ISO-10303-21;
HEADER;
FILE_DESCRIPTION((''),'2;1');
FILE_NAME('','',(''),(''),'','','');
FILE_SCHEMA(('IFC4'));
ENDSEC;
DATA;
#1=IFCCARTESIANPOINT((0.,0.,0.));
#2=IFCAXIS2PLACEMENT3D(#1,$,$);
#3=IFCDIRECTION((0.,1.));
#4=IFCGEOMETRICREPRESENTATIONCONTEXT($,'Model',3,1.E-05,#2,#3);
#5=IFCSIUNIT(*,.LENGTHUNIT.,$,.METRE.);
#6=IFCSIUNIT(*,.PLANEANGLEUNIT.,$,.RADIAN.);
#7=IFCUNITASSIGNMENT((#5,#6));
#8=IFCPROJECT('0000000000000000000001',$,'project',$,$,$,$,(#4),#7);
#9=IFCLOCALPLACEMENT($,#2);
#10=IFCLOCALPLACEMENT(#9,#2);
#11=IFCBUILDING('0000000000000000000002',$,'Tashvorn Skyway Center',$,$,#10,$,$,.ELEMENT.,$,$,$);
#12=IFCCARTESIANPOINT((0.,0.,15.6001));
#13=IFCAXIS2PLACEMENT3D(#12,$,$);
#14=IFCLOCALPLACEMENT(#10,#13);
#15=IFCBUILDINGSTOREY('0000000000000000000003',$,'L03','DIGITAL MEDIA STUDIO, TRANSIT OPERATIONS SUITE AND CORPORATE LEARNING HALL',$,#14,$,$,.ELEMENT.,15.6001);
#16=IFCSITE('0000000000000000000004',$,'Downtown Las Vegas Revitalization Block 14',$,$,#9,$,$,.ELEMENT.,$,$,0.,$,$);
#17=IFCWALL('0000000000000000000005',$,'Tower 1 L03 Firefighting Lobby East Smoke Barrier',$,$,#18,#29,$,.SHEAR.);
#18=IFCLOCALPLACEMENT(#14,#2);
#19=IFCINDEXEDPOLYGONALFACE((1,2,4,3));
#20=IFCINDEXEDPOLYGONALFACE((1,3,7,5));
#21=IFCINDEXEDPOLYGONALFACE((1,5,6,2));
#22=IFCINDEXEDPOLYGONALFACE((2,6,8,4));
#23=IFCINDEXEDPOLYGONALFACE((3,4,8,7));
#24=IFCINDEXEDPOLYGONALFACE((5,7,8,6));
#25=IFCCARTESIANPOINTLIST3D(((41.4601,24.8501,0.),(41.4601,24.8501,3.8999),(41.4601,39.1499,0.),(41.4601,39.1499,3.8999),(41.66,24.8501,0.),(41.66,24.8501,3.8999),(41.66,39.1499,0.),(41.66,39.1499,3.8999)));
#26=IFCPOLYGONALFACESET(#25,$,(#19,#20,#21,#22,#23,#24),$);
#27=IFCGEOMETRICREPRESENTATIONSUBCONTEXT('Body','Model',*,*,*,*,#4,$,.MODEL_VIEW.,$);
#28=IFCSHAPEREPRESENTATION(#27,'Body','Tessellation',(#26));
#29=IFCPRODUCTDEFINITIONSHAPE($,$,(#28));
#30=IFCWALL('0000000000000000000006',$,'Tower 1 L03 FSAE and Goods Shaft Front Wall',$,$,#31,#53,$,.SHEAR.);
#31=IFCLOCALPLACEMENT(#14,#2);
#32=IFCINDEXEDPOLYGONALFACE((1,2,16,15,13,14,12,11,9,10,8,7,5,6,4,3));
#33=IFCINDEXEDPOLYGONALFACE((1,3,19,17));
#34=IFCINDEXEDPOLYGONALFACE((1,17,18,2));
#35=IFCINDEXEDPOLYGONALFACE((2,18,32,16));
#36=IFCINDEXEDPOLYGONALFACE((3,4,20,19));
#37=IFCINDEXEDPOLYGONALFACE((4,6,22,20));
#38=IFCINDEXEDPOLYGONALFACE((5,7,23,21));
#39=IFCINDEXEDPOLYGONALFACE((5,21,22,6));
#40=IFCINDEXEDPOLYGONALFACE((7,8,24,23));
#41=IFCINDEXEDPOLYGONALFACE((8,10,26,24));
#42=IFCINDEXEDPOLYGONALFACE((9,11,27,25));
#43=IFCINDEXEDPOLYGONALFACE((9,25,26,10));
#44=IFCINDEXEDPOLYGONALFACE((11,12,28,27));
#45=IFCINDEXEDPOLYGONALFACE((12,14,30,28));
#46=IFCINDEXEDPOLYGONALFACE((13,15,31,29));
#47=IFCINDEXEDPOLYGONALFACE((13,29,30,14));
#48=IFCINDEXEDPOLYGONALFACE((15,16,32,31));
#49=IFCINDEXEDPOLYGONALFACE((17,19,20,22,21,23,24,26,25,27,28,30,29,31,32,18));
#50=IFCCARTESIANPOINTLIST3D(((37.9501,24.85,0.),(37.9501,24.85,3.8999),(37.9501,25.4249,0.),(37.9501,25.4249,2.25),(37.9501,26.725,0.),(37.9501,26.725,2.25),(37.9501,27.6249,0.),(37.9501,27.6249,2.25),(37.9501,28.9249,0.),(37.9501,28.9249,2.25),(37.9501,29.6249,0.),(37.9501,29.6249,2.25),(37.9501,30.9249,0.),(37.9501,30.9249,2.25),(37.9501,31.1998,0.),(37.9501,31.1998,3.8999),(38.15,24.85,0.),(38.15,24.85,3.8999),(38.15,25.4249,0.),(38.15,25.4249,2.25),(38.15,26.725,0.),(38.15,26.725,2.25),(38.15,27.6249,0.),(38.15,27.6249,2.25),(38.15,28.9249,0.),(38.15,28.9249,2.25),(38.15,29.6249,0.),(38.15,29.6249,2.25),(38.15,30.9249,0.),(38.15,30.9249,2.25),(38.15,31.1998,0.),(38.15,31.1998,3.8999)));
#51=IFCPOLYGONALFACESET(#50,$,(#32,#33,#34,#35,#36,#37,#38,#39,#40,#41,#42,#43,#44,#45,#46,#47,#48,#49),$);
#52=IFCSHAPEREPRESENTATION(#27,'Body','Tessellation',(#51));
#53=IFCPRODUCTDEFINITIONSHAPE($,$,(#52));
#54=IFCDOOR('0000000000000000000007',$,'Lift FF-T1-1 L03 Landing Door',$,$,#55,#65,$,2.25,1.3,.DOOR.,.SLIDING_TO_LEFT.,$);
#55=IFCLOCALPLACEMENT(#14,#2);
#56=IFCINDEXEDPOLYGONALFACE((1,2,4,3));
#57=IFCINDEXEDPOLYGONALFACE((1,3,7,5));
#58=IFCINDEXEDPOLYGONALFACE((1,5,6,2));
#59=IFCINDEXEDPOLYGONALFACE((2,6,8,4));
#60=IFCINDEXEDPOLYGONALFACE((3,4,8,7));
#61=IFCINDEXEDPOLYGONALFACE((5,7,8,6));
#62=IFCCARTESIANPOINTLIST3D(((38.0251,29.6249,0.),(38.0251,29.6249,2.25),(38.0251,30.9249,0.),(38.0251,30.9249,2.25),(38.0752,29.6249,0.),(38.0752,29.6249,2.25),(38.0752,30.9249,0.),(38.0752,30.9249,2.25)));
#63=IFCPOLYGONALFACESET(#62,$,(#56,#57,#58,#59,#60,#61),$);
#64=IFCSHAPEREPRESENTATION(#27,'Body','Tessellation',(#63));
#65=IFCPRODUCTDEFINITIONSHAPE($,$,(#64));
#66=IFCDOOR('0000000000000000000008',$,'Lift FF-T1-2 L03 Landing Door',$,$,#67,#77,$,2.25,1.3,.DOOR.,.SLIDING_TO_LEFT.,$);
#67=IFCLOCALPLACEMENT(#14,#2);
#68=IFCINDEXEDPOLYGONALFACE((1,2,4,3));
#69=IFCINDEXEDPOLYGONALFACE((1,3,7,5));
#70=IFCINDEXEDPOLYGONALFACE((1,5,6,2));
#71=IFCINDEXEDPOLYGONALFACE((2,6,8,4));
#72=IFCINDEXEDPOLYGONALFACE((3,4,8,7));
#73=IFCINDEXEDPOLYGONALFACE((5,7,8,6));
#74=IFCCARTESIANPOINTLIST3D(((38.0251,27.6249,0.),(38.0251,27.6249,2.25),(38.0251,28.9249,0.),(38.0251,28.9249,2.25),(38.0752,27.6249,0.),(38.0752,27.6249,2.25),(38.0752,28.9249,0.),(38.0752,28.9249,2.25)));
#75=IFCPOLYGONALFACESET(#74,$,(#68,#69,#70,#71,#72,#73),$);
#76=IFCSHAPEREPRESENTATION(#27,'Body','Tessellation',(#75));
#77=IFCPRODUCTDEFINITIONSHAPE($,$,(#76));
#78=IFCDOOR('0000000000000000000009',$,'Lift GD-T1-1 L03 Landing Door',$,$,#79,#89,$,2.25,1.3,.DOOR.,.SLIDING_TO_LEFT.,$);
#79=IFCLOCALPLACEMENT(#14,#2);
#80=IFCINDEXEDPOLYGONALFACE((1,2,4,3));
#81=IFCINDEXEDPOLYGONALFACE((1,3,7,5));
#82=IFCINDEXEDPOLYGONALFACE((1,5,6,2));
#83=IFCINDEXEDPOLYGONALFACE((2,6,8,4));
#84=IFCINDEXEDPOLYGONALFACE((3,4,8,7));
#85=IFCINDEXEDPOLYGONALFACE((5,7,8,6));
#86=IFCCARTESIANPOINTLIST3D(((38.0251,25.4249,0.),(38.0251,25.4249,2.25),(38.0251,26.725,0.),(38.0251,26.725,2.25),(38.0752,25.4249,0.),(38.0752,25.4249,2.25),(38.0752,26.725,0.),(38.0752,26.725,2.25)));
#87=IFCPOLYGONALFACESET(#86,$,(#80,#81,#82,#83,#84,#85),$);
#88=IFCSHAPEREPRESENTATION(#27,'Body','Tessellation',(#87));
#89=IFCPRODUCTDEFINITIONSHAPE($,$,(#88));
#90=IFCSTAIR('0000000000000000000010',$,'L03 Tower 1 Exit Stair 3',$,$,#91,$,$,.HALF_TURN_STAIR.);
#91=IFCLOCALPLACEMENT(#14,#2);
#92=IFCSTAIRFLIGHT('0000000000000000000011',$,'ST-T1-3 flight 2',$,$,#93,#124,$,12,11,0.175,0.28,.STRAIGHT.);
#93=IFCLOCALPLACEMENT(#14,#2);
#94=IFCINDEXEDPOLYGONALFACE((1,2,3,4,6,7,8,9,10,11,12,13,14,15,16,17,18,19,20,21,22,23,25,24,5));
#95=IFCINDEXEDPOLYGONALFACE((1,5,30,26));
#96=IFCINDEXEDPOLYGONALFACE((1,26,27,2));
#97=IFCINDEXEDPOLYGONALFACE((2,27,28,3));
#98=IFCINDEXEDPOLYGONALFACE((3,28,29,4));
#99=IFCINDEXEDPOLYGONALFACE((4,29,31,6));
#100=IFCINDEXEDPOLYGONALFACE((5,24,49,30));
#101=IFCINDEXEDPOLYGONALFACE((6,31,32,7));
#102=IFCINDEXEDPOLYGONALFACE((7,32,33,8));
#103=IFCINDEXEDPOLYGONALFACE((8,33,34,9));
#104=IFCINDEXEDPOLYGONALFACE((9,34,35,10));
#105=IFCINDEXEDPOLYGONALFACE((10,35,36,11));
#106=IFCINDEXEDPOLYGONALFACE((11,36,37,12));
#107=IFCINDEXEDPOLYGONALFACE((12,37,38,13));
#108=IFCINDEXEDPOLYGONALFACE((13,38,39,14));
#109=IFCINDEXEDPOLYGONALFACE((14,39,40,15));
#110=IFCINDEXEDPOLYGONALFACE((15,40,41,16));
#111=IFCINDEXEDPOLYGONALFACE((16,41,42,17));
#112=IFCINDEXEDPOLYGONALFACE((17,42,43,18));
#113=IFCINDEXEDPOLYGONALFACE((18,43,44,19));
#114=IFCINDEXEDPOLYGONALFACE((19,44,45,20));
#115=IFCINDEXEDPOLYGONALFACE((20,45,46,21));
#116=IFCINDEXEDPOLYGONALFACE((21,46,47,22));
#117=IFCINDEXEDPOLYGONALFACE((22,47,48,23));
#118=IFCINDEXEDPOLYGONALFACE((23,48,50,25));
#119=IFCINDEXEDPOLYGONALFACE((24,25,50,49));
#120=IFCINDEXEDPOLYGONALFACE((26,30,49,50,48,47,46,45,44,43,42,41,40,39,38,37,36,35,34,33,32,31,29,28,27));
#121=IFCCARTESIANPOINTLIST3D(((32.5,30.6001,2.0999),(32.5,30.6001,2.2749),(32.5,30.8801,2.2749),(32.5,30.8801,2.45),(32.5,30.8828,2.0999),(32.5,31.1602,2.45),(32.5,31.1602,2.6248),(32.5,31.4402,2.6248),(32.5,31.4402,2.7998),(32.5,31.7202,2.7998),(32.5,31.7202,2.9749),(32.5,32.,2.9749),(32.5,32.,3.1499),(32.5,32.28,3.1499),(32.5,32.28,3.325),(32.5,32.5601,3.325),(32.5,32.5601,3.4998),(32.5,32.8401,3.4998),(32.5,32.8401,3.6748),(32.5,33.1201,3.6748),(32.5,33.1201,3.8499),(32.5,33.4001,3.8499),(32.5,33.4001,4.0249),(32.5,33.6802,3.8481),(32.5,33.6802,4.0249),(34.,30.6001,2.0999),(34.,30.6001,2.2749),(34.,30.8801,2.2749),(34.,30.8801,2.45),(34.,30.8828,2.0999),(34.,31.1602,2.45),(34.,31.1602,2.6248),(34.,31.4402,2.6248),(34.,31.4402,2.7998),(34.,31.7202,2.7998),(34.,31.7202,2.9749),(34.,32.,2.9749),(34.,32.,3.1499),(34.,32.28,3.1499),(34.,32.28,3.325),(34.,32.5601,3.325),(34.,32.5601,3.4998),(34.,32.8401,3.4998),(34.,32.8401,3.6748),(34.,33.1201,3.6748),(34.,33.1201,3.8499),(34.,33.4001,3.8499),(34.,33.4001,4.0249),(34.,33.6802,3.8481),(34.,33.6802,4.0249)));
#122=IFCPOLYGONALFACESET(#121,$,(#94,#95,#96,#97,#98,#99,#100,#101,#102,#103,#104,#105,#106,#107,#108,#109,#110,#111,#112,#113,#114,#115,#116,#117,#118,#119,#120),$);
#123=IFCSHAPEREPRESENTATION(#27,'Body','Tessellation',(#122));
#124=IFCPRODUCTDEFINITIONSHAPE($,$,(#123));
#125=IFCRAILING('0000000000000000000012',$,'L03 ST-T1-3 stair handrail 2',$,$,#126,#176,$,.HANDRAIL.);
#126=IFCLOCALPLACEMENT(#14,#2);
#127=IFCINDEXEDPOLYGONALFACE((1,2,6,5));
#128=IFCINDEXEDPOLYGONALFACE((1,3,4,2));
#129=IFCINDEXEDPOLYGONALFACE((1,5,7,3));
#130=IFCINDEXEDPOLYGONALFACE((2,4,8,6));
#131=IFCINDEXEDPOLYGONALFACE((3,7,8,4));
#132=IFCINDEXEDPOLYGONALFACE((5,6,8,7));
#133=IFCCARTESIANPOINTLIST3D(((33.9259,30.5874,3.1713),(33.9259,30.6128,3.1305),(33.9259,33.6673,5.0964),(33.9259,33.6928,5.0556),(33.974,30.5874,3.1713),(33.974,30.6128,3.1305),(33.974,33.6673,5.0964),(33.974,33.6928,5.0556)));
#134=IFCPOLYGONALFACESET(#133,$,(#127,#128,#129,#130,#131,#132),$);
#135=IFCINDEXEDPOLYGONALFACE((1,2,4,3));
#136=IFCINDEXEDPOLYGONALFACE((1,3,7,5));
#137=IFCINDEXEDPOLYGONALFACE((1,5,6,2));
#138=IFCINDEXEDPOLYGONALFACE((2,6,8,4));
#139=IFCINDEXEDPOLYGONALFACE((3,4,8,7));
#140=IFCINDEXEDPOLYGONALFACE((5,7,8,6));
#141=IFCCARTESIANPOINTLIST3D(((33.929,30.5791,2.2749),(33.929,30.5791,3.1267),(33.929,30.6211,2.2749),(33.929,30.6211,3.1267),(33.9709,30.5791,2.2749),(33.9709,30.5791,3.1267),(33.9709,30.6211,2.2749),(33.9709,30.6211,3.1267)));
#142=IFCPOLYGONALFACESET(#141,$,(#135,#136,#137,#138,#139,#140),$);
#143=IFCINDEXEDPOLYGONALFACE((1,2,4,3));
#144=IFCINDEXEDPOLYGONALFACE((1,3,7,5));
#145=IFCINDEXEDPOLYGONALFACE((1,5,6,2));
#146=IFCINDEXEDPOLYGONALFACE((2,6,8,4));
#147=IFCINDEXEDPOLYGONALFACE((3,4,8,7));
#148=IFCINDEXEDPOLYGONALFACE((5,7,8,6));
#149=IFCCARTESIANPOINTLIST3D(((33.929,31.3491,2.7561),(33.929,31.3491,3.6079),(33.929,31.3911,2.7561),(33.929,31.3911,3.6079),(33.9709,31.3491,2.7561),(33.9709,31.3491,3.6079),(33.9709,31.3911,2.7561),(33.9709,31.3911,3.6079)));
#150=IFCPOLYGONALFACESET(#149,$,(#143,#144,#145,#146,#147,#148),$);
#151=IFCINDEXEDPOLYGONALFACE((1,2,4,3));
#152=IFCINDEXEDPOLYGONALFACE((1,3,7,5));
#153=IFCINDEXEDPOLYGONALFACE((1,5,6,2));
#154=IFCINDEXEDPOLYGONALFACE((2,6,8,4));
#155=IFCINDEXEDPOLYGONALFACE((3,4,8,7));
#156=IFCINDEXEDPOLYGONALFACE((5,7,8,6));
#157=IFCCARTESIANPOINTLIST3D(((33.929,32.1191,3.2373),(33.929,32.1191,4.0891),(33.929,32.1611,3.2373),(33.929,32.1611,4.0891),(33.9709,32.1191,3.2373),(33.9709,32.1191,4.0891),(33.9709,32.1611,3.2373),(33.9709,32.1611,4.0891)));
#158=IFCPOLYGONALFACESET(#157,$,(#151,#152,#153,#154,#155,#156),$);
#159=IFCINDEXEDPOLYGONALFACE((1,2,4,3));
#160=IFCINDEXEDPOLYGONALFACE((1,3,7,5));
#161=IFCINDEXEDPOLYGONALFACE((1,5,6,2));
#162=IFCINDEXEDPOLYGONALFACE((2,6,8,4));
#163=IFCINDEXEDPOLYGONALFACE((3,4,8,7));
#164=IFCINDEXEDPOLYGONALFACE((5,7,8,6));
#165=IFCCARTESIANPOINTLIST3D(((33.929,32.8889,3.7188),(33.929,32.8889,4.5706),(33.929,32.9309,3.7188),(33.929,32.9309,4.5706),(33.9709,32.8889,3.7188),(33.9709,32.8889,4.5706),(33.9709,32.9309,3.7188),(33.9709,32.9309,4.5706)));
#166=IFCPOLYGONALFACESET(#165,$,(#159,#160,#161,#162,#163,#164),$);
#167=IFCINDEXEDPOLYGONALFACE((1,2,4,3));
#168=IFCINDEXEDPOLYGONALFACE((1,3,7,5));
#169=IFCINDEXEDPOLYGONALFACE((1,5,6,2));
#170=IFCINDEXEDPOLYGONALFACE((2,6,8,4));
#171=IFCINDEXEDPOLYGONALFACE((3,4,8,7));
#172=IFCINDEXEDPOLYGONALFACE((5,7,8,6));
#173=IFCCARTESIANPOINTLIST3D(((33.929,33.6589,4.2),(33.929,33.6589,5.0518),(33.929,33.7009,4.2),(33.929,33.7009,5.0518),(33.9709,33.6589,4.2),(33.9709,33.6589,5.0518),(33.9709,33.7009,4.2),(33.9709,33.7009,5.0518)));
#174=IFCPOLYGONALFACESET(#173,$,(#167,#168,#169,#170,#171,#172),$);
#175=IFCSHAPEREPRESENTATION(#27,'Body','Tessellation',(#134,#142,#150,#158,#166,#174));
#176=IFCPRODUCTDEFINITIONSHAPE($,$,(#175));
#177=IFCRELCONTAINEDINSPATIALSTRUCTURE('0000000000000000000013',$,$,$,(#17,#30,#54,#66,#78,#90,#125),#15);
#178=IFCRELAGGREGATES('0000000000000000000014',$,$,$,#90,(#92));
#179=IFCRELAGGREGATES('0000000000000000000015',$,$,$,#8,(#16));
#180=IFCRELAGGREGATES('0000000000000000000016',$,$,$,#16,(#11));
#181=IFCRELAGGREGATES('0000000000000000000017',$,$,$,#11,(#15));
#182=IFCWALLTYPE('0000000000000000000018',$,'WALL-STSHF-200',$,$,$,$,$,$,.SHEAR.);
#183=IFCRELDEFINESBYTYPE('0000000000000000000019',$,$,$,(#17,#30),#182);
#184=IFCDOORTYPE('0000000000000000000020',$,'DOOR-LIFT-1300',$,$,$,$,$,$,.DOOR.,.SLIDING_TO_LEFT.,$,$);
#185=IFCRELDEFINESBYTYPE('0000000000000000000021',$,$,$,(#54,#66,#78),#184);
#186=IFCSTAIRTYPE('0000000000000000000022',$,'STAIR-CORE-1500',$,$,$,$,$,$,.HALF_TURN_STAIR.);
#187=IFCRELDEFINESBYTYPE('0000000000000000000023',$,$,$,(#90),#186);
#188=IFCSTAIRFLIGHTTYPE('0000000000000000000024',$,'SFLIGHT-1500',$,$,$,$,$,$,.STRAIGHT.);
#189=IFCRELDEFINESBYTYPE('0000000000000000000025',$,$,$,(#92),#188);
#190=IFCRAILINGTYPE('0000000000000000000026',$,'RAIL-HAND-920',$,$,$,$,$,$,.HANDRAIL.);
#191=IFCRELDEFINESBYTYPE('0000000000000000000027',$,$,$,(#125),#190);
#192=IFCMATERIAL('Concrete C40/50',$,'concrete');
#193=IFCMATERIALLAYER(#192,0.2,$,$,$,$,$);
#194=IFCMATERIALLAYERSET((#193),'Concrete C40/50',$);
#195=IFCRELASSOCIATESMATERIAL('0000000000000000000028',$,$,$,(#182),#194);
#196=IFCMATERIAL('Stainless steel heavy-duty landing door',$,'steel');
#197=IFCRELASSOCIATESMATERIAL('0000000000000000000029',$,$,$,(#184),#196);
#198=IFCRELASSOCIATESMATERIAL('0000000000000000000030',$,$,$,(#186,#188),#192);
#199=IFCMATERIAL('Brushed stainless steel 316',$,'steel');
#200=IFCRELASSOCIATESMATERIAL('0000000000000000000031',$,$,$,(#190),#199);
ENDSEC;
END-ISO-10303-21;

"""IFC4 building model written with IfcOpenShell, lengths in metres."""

from ifc_helpers import new_model, si_unit, direction, frame, frame_2d, origin, origin_2d, place, context, subcontext, project, spatial, polyline, rectangle, outline, extrude, material, layer, layer_set, type_object, element, fill, aggregate, save


model = new_model("IFC4")

# Units and contexts
model_context = context("Model", 3, precision=1e-05, world=origin(), true_north=direction((0.0, 1.0)))
body_context = subcontext(model_context, "Body", "Model", "MODEL_VIEW")
ifc_project = project(units=[si_unit("LENGTHUNIT", "METRE"), si_unit("PLANEANGLEUNIT", "RADIAN")], contexts=[model_context])

# Site, building, storey
site_placement = place(None, origin())
site = spatial("IfcSite", under=ifc_project, at=site_placement, Name="Downtown Las Vegas Revitalization Block 14", CompositionType="ELEMENT", RefElevation=0.0)
building_placement = place(site_placement, origin())
building = spatial("IfcBuilding", under=site, at=building_placement, Name="Tashvorn Skyway Center", CompositionType="ELEMENT")
storey_placement = place(building_placement, frame((0.0, 0.0, 15.6001)))
storey = spatial("IfcBuildingStorey", under=building, at=storey_placement, Name="L03", Description="DIGITAL MEDIA STUDIO, TRANSIT OPERATIONS SUITE AND CORPORATE LEARNING HALL", CompositionType="ELEMENT", Elevation=15.6001)

# Shared definitions
ifc_material_1 = material(Name="Concrete C40/50", Category="concrete")

# Shared definitions
ifc_layer_1 = layer(ifc_material_1, 0.2)
ifc_layer_set_1 = layer_set([ifc_layer_1], Name="Concrete C40/50")
wall_type_1 = type_object("IfcWallType", Name="WALL-STSHF-200", PredefinedType="SHEAR", material=ifc_layer_set_1)

# Wall
wall_1_placement = place(storey_placement, frame((41.5601, 24.8501, 0.0), z_axis=(0.0, 0.0, 1.0), x_axis=(0.0, 1.0, 0.0)))
element("IfcWall", 1, at=wall_1_placement, inside=storey, type_object=wall_type_1, Name="Tower 1 L03 Firefighting Lobby East Smoke Barrier", PredefinedType="SHEAR", context=body_context, shape_type="SweptSolid", body=[
    extrude(rectangle(XDim=14.2998, YDim=0.2, at=frame_2d((7.1499, 0.0))), origin(), (0.0, 0.0, 1.0), 3.8999),
])

# Wall, openings, doors
wall_2_placement = place(storey_placement, frame((38.05, 24.8501, 0.0), z_axis=(0.0, 0.0, 1.0), x_axis=(0.0, 1.0, 0.0)))
wall_2 = element("IfcWall", 2, at=wall_2_placement, inside=storey, type_object=wall_type_1, Name="Tower 1 L03 FSAE and Goods Shaft Front Wall", PredefinedType="SHEAR", context=body_context, shape_type="SweptSolid", body=[
    extrude(rectangle(XDim=6.3499, YDim=0.2, at=frame_2d((3.1748, 0.0))), origin(), (0.0, 0.0, 1.0), 3.8999),
])
opening_1_placement = place(wall_2_placement, frame((4.7749, 0.0, 0.0)))
opening_1 = element("IfcOpeningElement", 3, at=opening_1_placement, cuts=wall_2, PredefinedType="OPENING", context=body_context, shape_type="SweptSolid", body=[
    extrude(rectangle(XDim=1.3, YDim=2.25, at=frame_2d((0.6499, 1.125))), frame((0.0, 0.1099, 0.0), z_axis=(0.0, -1.0, 0.0), x_axis=(1.0, 0.0, 0.0)), (0.0, 0.0, 1.0), 0.22),
])
opening_2_placement = place(wall_2_placement, frame((2.7749, 0.0, 0.0)))
opening_2 = element("IfcOpeningElement", 4, at=opening_2_placement, cuts=wall_2, PredefinedType="OPENING", context=body_context, shape_type="SweptSolid", body=[
    extrude(rectangle(XDim=1.3, YDim=2.25, at=frame_2d((0.6499, 1.125))), frame((0.0, 0.1099, 0.0), z_axis=(0.0, -1.0, 0.0), x_axis=(1.0, 0.0, 0.0)), (0.0, 0.0, 1.0), 0.22),
])
opening_3_placement = place(wall_2_placement, frame((0.575, 0.0, 0.0)))
opening_3 = element("IfcOpeningElement", 5, at=opening_3_placement, cuts=wall_2, PredefinedType="OPENING", context=body_context, shape_type="SweptSolid", body=[
    extrude(rectangle(XDim=1.3, YDim=2.25, at=frame_2d((0.6499, 1.125))), frame((0.0, 0.1099, 0.0), z_axis=(0.0, -1.0, 0.0), x_axis=(1.0, 0.0, 0.0)), (0.0, 0.0, 1.0), 0.22),
])
ifc_material_2 = material(Name="Stainless steel heavy-duty landing door", Category="steel")
door_type_1 = type_object("IfcDoorType", Name="DOOR-LIFT-1300", OperationType="SLIDING_TO_LEFT", PredefinedType="DOOR", material=ifc_material_2)
door_1_placement = place(opening_1_placement, origin())
door_1 = element("IfcDoor", 6, at=door_1_placement, inside=storey, type_object=door_type_1, Name="Lift FF-T1-1 L03 Landing Door", OperationType="SLIDING_TO_LEFT", OverallHeight=2.25, OverallWidth=1.3, PredefinedType="DOOR", context=body_context, shape_type="SweptSolid", body=[
    extrude(rectangle(XDim=1.3, YDim=2.25, at=frame_2d((0.6499, 1.125))), frame((0.0, 0.0249, 0.0), z_axis=(0.0, -1.0, 0.0), x_axis=(1.0, 0.0, 0.0)), (0.0, 0.0, 1.0), 0.05),
])
fill(opening_1, door_1)
door_2_placement = place(opening_2_placement, origin())
door_2 = element("IfcDoor", 7, at=door_2_placement, inside=storey, type_object=door_type_1, Name="Lift FF-T1-2 L03 Landing Door", OperationType="SLIDING_TO_LEFT", OverallHeight=2.25, OverallWidth=1.3, PredefinedType="DOOR", context=body_context, shape_type="SweptSolid", body=[
    extrude(rectangle(XDim=1.3, YDim=2.25, at=frame_2d((0.6499, 1.125))), frame((0.0, 0.0249, 0.0), z_axis=(0.0, -1.0, 0.0), x_axis=(1.0, 0.0, 0.0)), (0.0, 0.0, 1.0), 0.05),
])
fill(opening_2, door_2)
door_3_placement = place(opening_3_placement, origin())
door_3 = element("IfcDoor", 8, at=door_3_placement, inside=storey, type_object=door_type_1, Name="Lift GD-T1-1 L03 Landing Door", OperationType="SLIDING_TO_LEFT", OverallHeight=2.25, OverallWidth=1.3, PredefinedType="DOOR", context=body_context, shape_type="SweptSolid", body=[
    extrude(rectangle(XDim=1.3, YDim=2.25, at=frame_2d((0.6499, 1.125))), frame((0.0, 0.0249, 0.0), z_axis=(0.0, -1.0, 0.0), x_axis=(1.0, 0.0, 0.0)), (0.0, 0.0, 1.0), 0.05),
])
fill(opening_3, door_3)

# Stair, stair flight
stair_type = type_object("IfcStairType", Name="STAIR-CORE-1500", PredefinedType="HALF_TURN_STAIR", material=ifc_material_1)
stair_placement = place(storey_placement, origin())
stair = element("IfcStair", 9, at=stair_placement, inside=storey, type_object=stair_type, Name="L03 Tower 1 Exit Stair 3", PredefinedType="HALF_TURN_STAIR")
stair_flight_type = type_object("IfcStairFlightType", Name="SFLIGHT-1500", PredefinedType="STRAIGHT", material=ifc_material_1)
stair_flight_placement = place(storey_placement, frame((33.25, 30.6001, 2.0999), z_axis=(0.0, 0.0, 1.0), x_axis=(0.0, 1.0, 0.0)))
stair_flight = element("IfcStairFlight", 10, at=stair_flight_placement, type_object=stair_flight_type, Name="ST-T1-3 flight 2", NumberOfRisers=12, NumberOfTreads=11, PredefinedType="STRAIGHT", RiserHeight=0.175, TreadLength=0.28, context=body_context, shape_type="SweptSolid", body=[
    extrude(outline(polyline([(0.0, 0.0), (0.0, 0.175), (0.28, 0.175), (0.28, 0.3501), (0.5601, 0.3501), (0.5601, 0.5249), (0.8401, 0.5249), (0.8401, 0.7), (1.1201, 0.7), (1.1201, 0.875), (1.3999, 0.875), (1.3999, 1.05), (1.6799, 1.05), (1.6799, 1.2251), (1.96, 1.2251), (1.96, 1.3999), (2.24, 1.3999), (2.24, 1.575), (2.52, 1.575), (2.52, 1.75), (2.8, 1.75), (2.8, 1.925), (3.0801, 1.925), (3.0801, 2.1001), (3.0801, 1.7483), (0.2827, 0.0), (0.0, 0.0)])), frame((0.0, 0.75, 0.0), z_axis=(0.0, -1.0, 0.0), x_axis=(1.0, 0.0, 0.0)), (0.0, 0.0, 1.0), 1.5),
])
aggregate(stair, [stair_flight])

# Railing
ifc_material_3 = material(Name="Brushed stainless steel 316", Category="steel")
railing_type_1 = type_object("IfcRailingType", Name="RAIL-HAND-920", PredefinedType="HANDRAIL", material=ifc_material_3)
railing_1_placement = place(storey_placement, frame((33.95, 30.6001, 2.2749)))
element("IfcRailing", 11, at=railing_1_placement, inside=storey, type_object=railing_type_1, Name="L03 ST-T1-3 stair handrail 2", PredefinedType="HANDRAIL", context=body_context, shape_type="SweptSolid", body=[
    extrude(rectangle(XDim=0.0481, YDim=0.0481, at=origin_2d()), frame((0.0, 0.0, 0.876), z_axis=(0.0, 0.847979, 0.530029), x_axis=(-1.0, 0.0, 0.0)), (0.0, 0.0, 1.0), 3.6321),
    extrude(rectangle(XDim=0.042, YDim=0.042, at=origin_2d()), origin(), (0.0, 0.0, 1.0), 0.8518),
    extrude(rectangle(XDim=0.042, YDim=0.042, at=origin_2d()), frame((0.0, 0.77, 0.4812)), (0.0, 0.0, 1.0), 0.8518),
    extrude(rectangle(XDim=0.042, YDim=0.042, at=origin_2d()), frame((0.0, 1.54, 0.9624)), (0.0, 0.0, 1.0), 0.8518),
    extrude(rectangle(XDim=0.042, YDim=0.042, at=origin_2d()), frame((0.0, 2.3098, 1.4438)), (0.0, 0.0, 1.0), 0.8518),
    extrude(rectangle(XDim=0.042, YDim=0.042, at=origin_2d()), frame((0.0, 3.0798, 1.925)), (0.0, 0.0, 1.0), 0.8518),
])

save(model, "model.ifc")
